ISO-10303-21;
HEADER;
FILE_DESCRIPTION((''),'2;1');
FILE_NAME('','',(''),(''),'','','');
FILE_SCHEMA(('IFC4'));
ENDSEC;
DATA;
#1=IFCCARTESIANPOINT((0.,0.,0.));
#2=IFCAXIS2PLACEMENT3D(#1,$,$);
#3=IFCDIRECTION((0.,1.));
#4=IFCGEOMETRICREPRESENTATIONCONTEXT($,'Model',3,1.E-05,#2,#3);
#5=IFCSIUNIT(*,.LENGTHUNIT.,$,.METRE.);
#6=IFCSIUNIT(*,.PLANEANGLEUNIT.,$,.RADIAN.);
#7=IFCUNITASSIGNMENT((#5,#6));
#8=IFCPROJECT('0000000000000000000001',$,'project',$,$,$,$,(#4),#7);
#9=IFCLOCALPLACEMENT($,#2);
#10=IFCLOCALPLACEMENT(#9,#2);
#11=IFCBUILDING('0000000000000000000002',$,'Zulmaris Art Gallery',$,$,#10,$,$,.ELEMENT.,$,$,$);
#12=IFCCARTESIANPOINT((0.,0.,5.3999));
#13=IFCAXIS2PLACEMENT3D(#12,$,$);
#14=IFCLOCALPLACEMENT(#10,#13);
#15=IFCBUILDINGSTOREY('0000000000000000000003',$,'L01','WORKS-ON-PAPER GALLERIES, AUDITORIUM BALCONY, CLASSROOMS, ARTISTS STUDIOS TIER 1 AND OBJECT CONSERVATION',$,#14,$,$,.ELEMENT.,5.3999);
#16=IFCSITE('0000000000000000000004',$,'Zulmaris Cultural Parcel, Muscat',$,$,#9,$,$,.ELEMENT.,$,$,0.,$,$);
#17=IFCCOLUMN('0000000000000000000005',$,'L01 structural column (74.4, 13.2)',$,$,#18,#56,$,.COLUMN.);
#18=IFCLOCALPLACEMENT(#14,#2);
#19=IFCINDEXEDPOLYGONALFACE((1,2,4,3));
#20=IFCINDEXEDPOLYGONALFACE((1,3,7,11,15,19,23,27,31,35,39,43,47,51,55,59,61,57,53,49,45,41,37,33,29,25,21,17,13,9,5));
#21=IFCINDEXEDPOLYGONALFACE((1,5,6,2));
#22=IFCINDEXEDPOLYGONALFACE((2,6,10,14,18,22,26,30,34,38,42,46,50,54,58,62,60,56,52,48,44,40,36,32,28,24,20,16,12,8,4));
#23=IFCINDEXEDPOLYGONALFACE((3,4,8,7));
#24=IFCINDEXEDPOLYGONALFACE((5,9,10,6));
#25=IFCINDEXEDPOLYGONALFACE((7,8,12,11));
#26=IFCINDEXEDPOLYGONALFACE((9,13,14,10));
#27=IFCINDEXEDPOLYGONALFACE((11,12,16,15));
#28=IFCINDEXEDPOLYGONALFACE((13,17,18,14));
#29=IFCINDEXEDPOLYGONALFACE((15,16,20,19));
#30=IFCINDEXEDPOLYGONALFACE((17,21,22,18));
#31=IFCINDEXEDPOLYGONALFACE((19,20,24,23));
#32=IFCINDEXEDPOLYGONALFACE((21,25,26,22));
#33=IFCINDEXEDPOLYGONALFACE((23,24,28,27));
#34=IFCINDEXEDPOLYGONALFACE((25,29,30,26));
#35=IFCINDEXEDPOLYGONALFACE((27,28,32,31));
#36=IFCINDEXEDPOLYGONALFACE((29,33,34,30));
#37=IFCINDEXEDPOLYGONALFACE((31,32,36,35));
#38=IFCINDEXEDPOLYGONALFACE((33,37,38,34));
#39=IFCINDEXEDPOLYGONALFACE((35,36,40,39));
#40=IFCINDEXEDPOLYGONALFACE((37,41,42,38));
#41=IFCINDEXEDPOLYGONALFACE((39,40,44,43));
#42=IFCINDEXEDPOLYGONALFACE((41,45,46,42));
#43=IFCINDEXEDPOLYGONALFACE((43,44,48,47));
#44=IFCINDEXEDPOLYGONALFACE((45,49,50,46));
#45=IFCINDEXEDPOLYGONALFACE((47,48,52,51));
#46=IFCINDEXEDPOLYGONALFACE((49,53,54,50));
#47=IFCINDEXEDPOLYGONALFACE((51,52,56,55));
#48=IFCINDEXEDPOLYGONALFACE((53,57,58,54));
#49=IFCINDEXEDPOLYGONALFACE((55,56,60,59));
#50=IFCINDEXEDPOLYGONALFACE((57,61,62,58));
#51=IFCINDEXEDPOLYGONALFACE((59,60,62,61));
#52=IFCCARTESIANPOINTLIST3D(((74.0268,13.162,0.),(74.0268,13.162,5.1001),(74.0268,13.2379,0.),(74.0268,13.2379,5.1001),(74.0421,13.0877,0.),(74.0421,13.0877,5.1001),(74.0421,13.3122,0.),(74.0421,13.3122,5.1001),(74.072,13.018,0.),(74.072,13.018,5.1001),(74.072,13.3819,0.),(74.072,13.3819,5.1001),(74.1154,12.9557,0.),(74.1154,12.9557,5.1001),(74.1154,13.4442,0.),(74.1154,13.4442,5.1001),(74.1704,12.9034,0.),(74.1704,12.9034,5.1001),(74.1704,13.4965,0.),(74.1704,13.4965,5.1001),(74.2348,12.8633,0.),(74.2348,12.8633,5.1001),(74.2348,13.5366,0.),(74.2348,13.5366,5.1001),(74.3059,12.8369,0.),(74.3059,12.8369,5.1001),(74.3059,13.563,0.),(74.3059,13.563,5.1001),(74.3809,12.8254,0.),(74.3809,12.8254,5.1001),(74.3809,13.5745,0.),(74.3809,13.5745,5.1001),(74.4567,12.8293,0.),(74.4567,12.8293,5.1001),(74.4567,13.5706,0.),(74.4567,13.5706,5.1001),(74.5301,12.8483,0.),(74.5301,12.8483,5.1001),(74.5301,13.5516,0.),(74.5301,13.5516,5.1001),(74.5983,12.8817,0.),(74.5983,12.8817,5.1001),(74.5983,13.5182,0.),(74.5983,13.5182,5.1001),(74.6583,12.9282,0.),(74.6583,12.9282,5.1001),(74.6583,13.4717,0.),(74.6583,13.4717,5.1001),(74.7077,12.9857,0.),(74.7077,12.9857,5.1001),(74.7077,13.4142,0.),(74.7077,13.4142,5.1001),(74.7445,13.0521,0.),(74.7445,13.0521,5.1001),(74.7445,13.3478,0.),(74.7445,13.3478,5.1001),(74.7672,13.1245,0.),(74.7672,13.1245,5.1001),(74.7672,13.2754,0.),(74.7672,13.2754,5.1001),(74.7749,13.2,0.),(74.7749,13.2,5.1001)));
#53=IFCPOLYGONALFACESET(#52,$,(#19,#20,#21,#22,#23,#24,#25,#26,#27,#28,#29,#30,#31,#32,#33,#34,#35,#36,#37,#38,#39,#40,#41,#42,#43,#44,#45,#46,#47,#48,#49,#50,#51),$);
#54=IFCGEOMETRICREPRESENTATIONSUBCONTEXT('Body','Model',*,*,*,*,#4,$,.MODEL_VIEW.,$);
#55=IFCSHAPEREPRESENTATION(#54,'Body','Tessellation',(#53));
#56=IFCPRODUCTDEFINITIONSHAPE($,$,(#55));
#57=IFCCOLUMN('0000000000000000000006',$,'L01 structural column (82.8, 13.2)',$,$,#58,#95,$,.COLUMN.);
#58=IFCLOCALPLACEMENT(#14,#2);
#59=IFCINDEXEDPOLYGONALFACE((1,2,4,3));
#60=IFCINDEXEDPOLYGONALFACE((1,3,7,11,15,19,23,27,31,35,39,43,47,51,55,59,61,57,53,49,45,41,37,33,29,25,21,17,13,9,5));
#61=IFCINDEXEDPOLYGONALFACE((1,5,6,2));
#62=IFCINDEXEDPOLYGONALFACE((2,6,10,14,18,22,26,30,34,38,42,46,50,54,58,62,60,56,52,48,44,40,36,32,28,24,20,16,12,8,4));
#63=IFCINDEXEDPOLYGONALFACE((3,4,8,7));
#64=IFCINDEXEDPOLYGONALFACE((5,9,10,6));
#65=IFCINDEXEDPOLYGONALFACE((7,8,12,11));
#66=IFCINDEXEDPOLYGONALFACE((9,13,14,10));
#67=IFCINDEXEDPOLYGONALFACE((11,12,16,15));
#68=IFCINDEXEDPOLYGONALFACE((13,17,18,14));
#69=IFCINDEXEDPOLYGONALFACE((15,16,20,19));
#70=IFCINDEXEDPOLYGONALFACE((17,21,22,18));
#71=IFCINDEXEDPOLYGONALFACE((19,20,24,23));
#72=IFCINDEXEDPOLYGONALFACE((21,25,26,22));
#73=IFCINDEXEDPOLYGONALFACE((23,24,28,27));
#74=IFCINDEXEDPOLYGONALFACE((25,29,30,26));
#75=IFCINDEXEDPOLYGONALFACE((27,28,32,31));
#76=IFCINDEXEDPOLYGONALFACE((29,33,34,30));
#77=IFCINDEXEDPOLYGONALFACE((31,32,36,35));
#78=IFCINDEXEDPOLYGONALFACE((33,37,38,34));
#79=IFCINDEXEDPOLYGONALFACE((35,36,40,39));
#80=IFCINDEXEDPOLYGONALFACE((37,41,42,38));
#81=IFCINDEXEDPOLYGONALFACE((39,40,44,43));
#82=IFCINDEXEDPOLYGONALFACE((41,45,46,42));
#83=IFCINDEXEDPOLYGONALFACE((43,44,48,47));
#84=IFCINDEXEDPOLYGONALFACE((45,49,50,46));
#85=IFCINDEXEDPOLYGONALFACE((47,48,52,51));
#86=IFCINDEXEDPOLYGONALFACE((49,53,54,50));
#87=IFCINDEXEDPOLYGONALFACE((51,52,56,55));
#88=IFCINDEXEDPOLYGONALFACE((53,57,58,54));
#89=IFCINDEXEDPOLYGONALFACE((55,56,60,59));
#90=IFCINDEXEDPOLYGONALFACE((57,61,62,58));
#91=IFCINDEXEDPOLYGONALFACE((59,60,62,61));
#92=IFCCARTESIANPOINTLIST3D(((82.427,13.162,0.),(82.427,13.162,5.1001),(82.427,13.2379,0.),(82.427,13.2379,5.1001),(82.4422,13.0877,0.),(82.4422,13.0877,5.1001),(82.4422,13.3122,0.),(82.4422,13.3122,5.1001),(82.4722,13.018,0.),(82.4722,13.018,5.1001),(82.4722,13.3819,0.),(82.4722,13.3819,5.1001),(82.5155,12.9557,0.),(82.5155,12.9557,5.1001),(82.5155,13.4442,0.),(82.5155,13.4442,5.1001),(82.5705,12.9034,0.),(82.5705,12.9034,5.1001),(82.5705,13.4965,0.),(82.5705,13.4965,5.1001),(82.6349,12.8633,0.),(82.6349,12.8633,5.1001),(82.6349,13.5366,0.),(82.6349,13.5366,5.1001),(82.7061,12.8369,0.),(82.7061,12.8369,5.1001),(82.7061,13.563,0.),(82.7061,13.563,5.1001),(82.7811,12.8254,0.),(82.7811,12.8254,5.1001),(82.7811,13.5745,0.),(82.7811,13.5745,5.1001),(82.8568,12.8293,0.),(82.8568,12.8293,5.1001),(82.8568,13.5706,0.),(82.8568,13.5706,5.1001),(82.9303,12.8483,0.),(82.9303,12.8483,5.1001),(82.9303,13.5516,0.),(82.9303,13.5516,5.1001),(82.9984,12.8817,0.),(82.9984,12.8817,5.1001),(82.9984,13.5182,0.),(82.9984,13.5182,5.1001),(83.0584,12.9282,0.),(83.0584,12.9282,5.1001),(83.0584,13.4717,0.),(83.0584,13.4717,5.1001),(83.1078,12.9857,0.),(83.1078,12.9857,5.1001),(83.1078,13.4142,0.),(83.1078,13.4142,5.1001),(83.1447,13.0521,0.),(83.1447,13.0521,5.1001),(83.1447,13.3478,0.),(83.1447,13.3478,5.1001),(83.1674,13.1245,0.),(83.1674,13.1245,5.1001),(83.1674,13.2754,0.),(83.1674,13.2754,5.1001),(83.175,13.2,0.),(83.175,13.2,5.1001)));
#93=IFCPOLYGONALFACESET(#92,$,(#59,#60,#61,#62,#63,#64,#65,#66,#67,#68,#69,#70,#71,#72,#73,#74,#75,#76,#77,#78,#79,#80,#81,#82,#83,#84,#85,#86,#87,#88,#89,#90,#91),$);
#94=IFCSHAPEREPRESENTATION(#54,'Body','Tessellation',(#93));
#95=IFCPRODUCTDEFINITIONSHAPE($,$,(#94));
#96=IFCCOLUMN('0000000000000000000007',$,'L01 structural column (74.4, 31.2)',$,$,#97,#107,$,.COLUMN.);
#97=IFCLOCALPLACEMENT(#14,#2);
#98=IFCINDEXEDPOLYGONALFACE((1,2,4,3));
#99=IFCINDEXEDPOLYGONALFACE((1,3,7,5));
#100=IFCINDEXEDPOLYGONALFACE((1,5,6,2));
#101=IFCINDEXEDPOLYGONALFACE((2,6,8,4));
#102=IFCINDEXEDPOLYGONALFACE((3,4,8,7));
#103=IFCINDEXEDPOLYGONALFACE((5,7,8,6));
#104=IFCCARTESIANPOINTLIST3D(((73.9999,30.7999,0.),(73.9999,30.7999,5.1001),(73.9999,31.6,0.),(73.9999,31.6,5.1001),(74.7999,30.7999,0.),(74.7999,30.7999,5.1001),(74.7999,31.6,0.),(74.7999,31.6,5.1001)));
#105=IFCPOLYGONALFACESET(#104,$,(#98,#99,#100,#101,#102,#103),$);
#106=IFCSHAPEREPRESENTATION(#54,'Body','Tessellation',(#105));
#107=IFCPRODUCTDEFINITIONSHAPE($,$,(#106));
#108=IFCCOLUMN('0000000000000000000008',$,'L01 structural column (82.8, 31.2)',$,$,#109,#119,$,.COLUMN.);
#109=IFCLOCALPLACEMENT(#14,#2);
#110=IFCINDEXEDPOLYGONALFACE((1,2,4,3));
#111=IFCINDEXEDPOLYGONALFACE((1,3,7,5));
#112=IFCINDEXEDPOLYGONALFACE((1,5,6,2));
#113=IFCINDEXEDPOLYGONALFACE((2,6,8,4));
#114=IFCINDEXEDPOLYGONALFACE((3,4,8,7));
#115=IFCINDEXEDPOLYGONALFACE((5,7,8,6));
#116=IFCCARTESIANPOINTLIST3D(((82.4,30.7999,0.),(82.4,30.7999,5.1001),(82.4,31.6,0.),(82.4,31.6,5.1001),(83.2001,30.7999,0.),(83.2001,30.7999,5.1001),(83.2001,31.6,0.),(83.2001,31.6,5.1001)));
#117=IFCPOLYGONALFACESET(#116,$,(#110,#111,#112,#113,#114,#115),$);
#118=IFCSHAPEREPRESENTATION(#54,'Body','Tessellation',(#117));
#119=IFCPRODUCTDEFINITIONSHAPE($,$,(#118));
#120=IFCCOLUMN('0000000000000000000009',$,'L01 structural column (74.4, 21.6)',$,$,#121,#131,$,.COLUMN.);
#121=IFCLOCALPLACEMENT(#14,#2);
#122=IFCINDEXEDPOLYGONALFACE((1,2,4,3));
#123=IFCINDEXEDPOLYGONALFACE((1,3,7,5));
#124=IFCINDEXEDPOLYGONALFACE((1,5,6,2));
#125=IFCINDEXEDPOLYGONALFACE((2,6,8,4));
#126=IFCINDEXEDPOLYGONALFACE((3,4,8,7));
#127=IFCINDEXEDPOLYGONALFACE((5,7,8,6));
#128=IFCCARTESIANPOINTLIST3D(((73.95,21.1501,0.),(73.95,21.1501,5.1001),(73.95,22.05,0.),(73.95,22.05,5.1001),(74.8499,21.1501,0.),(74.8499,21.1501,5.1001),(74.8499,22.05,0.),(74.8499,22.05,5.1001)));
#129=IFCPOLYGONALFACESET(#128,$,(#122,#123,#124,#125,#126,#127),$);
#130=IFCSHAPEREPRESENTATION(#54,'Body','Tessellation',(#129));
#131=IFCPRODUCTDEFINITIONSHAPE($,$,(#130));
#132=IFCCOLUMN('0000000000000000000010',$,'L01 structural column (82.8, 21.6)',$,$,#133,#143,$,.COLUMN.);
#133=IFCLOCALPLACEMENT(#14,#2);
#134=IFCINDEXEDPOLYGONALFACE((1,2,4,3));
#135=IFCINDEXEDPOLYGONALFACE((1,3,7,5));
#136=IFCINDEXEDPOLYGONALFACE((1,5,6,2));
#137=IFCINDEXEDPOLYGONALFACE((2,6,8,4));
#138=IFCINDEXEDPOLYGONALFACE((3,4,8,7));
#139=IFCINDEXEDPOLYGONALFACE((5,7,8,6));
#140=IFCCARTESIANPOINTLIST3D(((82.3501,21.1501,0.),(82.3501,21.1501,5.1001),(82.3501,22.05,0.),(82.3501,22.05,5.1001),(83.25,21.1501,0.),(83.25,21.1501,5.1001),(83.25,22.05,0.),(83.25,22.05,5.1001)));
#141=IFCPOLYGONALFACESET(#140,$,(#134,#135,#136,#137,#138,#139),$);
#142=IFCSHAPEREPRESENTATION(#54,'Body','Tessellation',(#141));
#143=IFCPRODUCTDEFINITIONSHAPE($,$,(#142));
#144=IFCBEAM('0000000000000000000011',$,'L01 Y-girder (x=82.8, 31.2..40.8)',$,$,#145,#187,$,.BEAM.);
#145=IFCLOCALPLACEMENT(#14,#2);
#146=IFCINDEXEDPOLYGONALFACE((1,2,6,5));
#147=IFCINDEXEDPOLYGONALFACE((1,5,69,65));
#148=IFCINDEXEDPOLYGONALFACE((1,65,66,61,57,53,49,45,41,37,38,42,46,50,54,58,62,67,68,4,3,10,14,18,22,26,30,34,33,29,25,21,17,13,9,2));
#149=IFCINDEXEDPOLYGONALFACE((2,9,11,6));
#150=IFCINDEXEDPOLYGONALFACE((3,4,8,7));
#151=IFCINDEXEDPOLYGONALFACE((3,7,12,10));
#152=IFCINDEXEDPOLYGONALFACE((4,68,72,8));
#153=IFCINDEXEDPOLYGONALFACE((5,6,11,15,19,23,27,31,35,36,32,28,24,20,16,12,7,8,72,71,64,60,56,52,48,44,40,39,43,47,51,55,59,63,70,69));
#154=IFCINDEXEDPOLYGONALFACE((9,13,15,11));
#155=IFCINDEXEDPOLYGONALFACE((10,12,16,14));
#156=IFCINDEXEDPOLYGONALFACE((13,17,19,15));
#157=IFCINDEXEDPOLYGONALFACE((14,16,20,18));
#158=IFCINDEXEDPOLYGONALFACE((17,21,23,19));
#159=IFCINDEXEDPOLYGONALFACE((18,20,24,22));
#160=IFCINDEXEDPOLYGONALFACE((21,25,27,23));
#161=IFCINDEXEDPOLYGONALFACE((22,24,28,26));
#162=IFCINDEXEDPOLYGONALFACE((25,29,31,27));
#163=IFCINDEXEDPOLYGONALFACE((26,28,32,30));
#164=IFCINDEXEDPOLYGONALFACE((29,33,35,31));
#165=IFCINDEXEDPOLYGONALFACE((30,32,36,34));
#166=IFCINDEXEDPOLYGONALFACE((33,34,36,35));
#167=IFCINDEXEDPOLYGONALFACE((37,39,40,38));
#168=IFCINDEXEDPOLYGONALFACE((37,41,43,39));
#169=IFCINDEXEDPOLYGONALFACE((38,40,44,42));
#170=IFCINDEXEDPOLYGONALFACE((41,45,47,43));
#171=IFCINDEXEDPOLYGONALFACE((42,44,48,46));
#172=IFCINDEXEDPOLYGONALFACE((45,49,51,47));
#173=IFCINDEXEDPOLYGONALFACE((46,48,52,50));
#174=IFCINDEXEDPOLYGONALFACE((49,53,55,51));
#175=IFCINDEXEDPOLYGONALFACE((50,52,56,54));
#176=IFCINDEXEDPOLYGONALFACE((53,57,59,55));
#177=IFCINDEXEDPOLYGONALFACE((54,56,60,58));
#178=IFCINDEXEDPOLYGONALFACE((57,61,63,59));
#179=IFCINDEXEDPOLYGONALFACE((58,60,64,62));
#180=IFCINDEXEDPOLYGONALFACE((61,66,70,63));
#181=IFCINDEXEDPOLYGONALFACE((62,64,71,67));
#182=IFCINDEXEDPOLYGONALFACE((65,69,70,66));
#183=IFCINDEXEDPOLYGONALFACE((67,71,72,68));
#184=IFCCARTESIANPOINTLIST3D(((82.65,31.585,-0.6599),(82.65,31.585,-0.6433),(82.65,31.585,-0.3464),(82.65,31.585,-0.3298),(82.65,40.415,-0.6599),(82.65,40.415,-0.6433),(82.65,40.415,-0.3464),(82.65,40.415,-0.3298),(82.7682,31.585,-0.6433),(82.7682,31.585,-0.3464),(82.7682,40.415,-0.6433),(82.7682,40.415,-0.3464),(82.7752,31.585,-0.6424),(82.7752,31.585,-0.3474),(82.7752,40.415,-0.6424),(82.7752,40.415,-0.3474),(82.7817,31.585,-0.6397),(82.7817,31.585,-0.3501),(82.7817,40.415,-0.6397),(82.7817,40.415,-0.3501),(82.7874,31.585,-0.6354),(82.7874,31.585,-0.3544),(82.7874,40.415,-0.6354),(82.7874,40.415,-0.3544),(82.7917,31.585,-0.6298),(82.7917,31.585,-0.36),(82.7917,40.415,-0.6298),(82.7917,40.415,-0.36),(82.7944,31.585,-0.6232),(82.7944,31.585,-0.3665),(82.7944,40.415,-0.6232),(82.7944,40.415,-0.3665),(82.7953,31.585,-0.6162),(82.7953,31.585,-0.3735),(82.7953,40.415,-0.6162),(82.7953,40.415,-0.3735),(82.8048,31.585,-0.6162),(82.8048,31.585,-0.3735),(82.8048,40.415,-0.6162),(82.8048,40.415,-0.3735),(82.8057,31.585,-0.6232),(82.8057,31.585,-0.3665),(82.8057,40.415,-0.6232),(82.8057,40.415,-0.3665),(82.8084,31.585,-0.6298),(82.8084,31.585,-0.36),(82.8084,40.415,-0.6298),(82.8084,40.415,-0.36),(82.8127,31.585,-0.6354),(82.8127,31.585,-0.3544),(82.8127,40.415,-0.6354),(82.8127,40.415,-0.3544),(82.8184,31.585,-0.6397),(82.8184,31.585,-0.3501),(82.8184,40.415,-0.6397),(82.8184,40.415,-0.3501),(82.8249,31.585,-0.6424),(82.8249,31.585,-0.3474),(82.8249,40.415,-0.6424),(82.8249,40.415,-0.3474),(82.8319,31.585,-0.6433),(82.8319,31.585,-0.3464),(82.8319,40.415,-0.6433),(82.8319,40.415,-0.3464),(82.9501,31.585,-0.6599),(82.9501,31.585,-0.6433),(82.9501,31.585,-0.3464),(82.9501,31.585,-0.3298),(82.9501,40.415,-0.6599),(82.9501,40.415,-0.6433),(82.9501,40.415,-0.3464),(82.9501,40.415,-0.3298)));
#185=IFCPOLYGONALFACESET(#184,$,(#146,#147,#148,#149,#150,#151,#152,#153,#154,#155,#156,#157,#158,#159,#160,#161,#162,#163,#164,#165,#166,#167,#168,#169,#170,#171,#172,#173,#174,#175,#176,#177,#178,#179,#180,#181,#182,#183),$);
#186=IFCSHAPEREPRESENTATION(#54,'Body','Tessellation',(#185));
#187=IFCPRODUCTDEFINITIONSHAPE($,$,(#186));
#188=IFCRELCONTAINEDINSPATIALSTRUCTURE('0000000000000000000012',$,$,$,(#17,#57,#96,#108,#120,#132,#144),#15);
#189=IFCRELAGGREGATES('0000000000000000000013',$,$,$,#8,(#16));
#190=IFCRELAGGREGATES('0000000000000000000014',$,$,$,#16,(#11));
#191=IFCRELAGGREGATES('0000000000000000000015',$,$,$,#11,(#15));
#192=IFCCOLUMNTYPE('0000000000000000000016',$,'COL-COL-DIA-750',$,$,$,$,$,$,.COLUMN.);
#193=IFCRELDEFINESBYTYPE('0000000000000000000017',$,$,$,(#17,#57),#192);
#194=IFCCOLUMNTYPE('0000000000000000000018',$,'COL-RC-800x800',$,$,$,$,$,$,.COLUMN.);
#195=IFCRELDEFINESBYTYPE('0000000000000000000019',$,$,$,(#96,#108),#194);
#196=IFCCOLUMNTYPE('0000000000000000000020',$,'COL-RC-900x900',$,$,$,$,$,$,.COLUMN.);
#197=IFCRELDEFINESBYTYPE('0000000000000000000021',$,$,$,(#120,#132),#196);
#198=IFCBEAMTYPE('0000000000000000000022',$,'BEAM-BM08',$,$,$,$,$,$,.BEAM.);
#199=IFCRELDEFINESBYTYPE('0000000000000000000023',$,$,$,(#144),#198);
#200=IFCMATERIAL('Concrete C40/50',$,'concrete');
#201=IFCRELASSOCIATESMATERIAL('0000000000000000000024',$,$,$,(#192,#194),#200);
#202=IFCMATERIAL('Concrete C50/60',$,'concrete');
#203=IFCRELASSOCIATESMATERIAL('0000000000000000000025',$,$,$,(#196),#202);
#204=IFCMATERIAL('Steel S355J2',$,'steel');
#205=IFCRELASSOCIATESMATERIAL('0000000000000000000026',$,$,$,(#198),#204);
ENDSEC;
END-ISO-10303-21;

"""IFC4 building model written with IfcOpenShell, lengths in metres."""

from ifc_helpers import new_model, si_unit, direction, frame, origin, origin_2d, place, context, subcontext, project, spatial, rectangle, circle, i_section, extrude, material, material_profile, profile_set, type_object, element, save


model = new_model("IFC4")

# Units and contexts
model_context = context("Model", 3, precision=1e-05, world=origin(), true_north=direction((0.0, 1.0)))
body_context = subcontext(model_context, "Body", "Model", "MODEL_VIEW")
ifc_project = project(units=[si_unit("LENGTHUNIT", "METRE"), si_unit("PLANEANGLEUNIT", "RADIAN")], contexts=[model_context])

# Site, building, storey
site_placement = place(None, origin())
site = spatial("IfcSite", under=ifc_project, at=site_placement, Name="Zulmaris Cultural Parcel, Muscat", CompositionType="ELEMENT", RefElevation=0.0)
building_placement = place(site_placement, origin())
building = spatial("IfcBuilding", under=site, at=building_placement, Name="Zulmaris Art Gallery", CompositionType="ELEMENT")
storey_placement = place(building_placement, frame((0.0, 0.0, 5.3999)))
storey = spatial("IfcBuildingStorey", under=building, at=storey_placement, Name="L01", Description="WORKS-ON-PAPER GALLERIES, AUDITORIUM BALCONY, CLASSROOMS, ARTISTS STUDIOS TIER 1 AND OBJECT CONSERVATION", CompositionType="ELEMENT", Elevation=5.3999)

# Columns
ifc_material_1 = material(Name="Concrete C40/50", Category="concrete")
ifc_material_profile_1 = material_profile(ifc_material_1, circle(Radius=0.375, at=origin_2d()), Name="COL DIA 750")
ifc_profile_set_1 = profile_set([ifc_material_profile_1], Name="Concrete C40/50")
column_type_1 = type_object("IfcColumnType", Name="COL-COL-DIA-750", PredefinedType="COLUMN", material=ifc_profile_set_1)
for number, where, z_axis, x_axis, name in (
    (1, (74.3999, 13.2, 0.0), (0.0, 0.0, 1.0), (1.0, 0.0, 0.0), "L01 structural column (74.4, 13.2)"),
    (2, (82.8, 13.2, 0.0), (0.0, 0.0, 1.0), (1.0, 0.0, 0.0), "L01 structural column (82.8, 13.2)"),
):
    element("IfcColumn", number, at=place(storey_placement, frame(where, z_axis=z_axis, x_axis=x_axis)), inside=storey, type_object=column_type_1, Name=name, PredefinedType="COLUMN", context=body_context, shape_type="SweptSolid", body=[
        extrude(circle(Radius=0.375, at=origin_2d()), origin(), (0.0, 0.0, 1.0), 5.1001),
    ])
ifc_material_profile_2 = material_profile(ifc_material_1, rectangle(XDim=0.8, YDim=0.8, at=origin_2d()), Name="RC 800x800")
ifc_profile_set_2 = profile_set([ifc_material_profile_2], Name="Concrete C40/50")
column_type_2 = type_object("IfcColumnType", Name="COL-RC-800x800", PredefinedType="COLUMN", material=ifc_profile_set_2)
for number, where, z_axis, x_axis, name in (
    (3, (74.3999, 31.2, 0.0), (0.0, 0.0, 1.0), (1.0, 0.0, 0.0), "L01 structural column (74.4, 31.2)"),
    (4, (82.8, 31.2, 0.0), (0.0, 0.0, 1.0), (1.0, 0.0, 0.0), "L01 structural column (82.8, 31.2)"),
):
    element("IfcColumn", number, at=place(storey_placement, frame(where, z_axis=z_axis, x_axis=x_axis)), inside=storey, type_object=column_type_2, Name=name, PredefinedType="COLUMN", context=body_context, shape_type="SweptSolid", body=[
        extrude(rectangle(XDim=0.8, YDim=0.8, at=origin_2d()), origin(), (0.0, 0.0, 1.0), 5.1001),
    ])
ifc_material_2 = material(Name="Concrete C50/60", Category="concrete")
ifc_material_profile_3 = material_profile(ifc_material_2, rectangle(XDim=0.8999, YDim=0.8999, at=origin_2d()), Name="RC 900x900")
ifc_profile_set_3 = profile_set([ifc_material_profile_3], Name="Concrete C50/60")
column_type_3 = type_object("IfcColumnType", Name="COL-RC-900x900", PredefinedType="COLUMN", material=ifc_profile_set_3)
for number, where, z_axis, x_axis, name in (
    (5, (74.3999, 21.6001, 0.0), (0.0, 0.0, 1.0), (1.0, 0.0, 0.0), "L01 structural column (74.4, 21.6)"),
    (6, (82.8, 21.6001, 0.0), (0.0, 0.0, 1.0), (1.0, 0.0, 0.0), "L01 structural column (82.8, 21.6)"),
):
    element("IfcColumn", number, at=place(storey_placement, frame(where, z_axis=z_axis, x_axis=x_axis)), inside=storey, type_object=column_type_3, Name=name, PredefinedType="COLUMN", context=body_context, shape_type="SweptSolid", body=[
        extrude(rectangle(XDim=0.8999, YDim=0.8999, at=origin_2d()), origin(), (0.0, 0.0, 1.0), 5.1001),
    ])

# Beam
ifc_material_3 = material(Name="Steel S355J2", Category="steel")
ifc_material_profile_4 = material_profile(ifc_material_3, i_section(OverallWidth=0.3, OverallDepth=0.3301, WebThickness=0.0095, FlangeThickness=0.0166, FilletRadius=0.0271, at=origin_2d()), Name="HEA 340")
ifc_profile_set_4 = profile_set([ifc_material_profile_4], Name="Steel S355J2")
beam_type_1 = type_object("IfcBeamType", Name="BEAM-BM08", PredefinedType="BEAM", material=ifc_profile_set_4)
beam_1_placement = place(storey_placement, frame((82.8, 31.585, -0.4949), z_axis=(0.0, 1.0, 0.0), x_axis=(-1.0, 0.0, 0.0)))
element("IfcBeam", 7, at=beam_1_placement, inside=storey, type_object=beam_type_1, Name="L01 Y-girder (x=82.8, 31.2..40.8)", PredefinedType="BEAM", context=body_context, shape_type="SweptSolid", body=[
    extrude(i_section(OverallWidth=0.3, OverallDepth=0.3301, WebThickness=0.0095, FlangeThickness=0.0166, FilletRadius=0.0271, at=origin_2d()), origin(), (0.0, 0.0, 1.0), 8.8301),
])

save(model, "model.ifc")
